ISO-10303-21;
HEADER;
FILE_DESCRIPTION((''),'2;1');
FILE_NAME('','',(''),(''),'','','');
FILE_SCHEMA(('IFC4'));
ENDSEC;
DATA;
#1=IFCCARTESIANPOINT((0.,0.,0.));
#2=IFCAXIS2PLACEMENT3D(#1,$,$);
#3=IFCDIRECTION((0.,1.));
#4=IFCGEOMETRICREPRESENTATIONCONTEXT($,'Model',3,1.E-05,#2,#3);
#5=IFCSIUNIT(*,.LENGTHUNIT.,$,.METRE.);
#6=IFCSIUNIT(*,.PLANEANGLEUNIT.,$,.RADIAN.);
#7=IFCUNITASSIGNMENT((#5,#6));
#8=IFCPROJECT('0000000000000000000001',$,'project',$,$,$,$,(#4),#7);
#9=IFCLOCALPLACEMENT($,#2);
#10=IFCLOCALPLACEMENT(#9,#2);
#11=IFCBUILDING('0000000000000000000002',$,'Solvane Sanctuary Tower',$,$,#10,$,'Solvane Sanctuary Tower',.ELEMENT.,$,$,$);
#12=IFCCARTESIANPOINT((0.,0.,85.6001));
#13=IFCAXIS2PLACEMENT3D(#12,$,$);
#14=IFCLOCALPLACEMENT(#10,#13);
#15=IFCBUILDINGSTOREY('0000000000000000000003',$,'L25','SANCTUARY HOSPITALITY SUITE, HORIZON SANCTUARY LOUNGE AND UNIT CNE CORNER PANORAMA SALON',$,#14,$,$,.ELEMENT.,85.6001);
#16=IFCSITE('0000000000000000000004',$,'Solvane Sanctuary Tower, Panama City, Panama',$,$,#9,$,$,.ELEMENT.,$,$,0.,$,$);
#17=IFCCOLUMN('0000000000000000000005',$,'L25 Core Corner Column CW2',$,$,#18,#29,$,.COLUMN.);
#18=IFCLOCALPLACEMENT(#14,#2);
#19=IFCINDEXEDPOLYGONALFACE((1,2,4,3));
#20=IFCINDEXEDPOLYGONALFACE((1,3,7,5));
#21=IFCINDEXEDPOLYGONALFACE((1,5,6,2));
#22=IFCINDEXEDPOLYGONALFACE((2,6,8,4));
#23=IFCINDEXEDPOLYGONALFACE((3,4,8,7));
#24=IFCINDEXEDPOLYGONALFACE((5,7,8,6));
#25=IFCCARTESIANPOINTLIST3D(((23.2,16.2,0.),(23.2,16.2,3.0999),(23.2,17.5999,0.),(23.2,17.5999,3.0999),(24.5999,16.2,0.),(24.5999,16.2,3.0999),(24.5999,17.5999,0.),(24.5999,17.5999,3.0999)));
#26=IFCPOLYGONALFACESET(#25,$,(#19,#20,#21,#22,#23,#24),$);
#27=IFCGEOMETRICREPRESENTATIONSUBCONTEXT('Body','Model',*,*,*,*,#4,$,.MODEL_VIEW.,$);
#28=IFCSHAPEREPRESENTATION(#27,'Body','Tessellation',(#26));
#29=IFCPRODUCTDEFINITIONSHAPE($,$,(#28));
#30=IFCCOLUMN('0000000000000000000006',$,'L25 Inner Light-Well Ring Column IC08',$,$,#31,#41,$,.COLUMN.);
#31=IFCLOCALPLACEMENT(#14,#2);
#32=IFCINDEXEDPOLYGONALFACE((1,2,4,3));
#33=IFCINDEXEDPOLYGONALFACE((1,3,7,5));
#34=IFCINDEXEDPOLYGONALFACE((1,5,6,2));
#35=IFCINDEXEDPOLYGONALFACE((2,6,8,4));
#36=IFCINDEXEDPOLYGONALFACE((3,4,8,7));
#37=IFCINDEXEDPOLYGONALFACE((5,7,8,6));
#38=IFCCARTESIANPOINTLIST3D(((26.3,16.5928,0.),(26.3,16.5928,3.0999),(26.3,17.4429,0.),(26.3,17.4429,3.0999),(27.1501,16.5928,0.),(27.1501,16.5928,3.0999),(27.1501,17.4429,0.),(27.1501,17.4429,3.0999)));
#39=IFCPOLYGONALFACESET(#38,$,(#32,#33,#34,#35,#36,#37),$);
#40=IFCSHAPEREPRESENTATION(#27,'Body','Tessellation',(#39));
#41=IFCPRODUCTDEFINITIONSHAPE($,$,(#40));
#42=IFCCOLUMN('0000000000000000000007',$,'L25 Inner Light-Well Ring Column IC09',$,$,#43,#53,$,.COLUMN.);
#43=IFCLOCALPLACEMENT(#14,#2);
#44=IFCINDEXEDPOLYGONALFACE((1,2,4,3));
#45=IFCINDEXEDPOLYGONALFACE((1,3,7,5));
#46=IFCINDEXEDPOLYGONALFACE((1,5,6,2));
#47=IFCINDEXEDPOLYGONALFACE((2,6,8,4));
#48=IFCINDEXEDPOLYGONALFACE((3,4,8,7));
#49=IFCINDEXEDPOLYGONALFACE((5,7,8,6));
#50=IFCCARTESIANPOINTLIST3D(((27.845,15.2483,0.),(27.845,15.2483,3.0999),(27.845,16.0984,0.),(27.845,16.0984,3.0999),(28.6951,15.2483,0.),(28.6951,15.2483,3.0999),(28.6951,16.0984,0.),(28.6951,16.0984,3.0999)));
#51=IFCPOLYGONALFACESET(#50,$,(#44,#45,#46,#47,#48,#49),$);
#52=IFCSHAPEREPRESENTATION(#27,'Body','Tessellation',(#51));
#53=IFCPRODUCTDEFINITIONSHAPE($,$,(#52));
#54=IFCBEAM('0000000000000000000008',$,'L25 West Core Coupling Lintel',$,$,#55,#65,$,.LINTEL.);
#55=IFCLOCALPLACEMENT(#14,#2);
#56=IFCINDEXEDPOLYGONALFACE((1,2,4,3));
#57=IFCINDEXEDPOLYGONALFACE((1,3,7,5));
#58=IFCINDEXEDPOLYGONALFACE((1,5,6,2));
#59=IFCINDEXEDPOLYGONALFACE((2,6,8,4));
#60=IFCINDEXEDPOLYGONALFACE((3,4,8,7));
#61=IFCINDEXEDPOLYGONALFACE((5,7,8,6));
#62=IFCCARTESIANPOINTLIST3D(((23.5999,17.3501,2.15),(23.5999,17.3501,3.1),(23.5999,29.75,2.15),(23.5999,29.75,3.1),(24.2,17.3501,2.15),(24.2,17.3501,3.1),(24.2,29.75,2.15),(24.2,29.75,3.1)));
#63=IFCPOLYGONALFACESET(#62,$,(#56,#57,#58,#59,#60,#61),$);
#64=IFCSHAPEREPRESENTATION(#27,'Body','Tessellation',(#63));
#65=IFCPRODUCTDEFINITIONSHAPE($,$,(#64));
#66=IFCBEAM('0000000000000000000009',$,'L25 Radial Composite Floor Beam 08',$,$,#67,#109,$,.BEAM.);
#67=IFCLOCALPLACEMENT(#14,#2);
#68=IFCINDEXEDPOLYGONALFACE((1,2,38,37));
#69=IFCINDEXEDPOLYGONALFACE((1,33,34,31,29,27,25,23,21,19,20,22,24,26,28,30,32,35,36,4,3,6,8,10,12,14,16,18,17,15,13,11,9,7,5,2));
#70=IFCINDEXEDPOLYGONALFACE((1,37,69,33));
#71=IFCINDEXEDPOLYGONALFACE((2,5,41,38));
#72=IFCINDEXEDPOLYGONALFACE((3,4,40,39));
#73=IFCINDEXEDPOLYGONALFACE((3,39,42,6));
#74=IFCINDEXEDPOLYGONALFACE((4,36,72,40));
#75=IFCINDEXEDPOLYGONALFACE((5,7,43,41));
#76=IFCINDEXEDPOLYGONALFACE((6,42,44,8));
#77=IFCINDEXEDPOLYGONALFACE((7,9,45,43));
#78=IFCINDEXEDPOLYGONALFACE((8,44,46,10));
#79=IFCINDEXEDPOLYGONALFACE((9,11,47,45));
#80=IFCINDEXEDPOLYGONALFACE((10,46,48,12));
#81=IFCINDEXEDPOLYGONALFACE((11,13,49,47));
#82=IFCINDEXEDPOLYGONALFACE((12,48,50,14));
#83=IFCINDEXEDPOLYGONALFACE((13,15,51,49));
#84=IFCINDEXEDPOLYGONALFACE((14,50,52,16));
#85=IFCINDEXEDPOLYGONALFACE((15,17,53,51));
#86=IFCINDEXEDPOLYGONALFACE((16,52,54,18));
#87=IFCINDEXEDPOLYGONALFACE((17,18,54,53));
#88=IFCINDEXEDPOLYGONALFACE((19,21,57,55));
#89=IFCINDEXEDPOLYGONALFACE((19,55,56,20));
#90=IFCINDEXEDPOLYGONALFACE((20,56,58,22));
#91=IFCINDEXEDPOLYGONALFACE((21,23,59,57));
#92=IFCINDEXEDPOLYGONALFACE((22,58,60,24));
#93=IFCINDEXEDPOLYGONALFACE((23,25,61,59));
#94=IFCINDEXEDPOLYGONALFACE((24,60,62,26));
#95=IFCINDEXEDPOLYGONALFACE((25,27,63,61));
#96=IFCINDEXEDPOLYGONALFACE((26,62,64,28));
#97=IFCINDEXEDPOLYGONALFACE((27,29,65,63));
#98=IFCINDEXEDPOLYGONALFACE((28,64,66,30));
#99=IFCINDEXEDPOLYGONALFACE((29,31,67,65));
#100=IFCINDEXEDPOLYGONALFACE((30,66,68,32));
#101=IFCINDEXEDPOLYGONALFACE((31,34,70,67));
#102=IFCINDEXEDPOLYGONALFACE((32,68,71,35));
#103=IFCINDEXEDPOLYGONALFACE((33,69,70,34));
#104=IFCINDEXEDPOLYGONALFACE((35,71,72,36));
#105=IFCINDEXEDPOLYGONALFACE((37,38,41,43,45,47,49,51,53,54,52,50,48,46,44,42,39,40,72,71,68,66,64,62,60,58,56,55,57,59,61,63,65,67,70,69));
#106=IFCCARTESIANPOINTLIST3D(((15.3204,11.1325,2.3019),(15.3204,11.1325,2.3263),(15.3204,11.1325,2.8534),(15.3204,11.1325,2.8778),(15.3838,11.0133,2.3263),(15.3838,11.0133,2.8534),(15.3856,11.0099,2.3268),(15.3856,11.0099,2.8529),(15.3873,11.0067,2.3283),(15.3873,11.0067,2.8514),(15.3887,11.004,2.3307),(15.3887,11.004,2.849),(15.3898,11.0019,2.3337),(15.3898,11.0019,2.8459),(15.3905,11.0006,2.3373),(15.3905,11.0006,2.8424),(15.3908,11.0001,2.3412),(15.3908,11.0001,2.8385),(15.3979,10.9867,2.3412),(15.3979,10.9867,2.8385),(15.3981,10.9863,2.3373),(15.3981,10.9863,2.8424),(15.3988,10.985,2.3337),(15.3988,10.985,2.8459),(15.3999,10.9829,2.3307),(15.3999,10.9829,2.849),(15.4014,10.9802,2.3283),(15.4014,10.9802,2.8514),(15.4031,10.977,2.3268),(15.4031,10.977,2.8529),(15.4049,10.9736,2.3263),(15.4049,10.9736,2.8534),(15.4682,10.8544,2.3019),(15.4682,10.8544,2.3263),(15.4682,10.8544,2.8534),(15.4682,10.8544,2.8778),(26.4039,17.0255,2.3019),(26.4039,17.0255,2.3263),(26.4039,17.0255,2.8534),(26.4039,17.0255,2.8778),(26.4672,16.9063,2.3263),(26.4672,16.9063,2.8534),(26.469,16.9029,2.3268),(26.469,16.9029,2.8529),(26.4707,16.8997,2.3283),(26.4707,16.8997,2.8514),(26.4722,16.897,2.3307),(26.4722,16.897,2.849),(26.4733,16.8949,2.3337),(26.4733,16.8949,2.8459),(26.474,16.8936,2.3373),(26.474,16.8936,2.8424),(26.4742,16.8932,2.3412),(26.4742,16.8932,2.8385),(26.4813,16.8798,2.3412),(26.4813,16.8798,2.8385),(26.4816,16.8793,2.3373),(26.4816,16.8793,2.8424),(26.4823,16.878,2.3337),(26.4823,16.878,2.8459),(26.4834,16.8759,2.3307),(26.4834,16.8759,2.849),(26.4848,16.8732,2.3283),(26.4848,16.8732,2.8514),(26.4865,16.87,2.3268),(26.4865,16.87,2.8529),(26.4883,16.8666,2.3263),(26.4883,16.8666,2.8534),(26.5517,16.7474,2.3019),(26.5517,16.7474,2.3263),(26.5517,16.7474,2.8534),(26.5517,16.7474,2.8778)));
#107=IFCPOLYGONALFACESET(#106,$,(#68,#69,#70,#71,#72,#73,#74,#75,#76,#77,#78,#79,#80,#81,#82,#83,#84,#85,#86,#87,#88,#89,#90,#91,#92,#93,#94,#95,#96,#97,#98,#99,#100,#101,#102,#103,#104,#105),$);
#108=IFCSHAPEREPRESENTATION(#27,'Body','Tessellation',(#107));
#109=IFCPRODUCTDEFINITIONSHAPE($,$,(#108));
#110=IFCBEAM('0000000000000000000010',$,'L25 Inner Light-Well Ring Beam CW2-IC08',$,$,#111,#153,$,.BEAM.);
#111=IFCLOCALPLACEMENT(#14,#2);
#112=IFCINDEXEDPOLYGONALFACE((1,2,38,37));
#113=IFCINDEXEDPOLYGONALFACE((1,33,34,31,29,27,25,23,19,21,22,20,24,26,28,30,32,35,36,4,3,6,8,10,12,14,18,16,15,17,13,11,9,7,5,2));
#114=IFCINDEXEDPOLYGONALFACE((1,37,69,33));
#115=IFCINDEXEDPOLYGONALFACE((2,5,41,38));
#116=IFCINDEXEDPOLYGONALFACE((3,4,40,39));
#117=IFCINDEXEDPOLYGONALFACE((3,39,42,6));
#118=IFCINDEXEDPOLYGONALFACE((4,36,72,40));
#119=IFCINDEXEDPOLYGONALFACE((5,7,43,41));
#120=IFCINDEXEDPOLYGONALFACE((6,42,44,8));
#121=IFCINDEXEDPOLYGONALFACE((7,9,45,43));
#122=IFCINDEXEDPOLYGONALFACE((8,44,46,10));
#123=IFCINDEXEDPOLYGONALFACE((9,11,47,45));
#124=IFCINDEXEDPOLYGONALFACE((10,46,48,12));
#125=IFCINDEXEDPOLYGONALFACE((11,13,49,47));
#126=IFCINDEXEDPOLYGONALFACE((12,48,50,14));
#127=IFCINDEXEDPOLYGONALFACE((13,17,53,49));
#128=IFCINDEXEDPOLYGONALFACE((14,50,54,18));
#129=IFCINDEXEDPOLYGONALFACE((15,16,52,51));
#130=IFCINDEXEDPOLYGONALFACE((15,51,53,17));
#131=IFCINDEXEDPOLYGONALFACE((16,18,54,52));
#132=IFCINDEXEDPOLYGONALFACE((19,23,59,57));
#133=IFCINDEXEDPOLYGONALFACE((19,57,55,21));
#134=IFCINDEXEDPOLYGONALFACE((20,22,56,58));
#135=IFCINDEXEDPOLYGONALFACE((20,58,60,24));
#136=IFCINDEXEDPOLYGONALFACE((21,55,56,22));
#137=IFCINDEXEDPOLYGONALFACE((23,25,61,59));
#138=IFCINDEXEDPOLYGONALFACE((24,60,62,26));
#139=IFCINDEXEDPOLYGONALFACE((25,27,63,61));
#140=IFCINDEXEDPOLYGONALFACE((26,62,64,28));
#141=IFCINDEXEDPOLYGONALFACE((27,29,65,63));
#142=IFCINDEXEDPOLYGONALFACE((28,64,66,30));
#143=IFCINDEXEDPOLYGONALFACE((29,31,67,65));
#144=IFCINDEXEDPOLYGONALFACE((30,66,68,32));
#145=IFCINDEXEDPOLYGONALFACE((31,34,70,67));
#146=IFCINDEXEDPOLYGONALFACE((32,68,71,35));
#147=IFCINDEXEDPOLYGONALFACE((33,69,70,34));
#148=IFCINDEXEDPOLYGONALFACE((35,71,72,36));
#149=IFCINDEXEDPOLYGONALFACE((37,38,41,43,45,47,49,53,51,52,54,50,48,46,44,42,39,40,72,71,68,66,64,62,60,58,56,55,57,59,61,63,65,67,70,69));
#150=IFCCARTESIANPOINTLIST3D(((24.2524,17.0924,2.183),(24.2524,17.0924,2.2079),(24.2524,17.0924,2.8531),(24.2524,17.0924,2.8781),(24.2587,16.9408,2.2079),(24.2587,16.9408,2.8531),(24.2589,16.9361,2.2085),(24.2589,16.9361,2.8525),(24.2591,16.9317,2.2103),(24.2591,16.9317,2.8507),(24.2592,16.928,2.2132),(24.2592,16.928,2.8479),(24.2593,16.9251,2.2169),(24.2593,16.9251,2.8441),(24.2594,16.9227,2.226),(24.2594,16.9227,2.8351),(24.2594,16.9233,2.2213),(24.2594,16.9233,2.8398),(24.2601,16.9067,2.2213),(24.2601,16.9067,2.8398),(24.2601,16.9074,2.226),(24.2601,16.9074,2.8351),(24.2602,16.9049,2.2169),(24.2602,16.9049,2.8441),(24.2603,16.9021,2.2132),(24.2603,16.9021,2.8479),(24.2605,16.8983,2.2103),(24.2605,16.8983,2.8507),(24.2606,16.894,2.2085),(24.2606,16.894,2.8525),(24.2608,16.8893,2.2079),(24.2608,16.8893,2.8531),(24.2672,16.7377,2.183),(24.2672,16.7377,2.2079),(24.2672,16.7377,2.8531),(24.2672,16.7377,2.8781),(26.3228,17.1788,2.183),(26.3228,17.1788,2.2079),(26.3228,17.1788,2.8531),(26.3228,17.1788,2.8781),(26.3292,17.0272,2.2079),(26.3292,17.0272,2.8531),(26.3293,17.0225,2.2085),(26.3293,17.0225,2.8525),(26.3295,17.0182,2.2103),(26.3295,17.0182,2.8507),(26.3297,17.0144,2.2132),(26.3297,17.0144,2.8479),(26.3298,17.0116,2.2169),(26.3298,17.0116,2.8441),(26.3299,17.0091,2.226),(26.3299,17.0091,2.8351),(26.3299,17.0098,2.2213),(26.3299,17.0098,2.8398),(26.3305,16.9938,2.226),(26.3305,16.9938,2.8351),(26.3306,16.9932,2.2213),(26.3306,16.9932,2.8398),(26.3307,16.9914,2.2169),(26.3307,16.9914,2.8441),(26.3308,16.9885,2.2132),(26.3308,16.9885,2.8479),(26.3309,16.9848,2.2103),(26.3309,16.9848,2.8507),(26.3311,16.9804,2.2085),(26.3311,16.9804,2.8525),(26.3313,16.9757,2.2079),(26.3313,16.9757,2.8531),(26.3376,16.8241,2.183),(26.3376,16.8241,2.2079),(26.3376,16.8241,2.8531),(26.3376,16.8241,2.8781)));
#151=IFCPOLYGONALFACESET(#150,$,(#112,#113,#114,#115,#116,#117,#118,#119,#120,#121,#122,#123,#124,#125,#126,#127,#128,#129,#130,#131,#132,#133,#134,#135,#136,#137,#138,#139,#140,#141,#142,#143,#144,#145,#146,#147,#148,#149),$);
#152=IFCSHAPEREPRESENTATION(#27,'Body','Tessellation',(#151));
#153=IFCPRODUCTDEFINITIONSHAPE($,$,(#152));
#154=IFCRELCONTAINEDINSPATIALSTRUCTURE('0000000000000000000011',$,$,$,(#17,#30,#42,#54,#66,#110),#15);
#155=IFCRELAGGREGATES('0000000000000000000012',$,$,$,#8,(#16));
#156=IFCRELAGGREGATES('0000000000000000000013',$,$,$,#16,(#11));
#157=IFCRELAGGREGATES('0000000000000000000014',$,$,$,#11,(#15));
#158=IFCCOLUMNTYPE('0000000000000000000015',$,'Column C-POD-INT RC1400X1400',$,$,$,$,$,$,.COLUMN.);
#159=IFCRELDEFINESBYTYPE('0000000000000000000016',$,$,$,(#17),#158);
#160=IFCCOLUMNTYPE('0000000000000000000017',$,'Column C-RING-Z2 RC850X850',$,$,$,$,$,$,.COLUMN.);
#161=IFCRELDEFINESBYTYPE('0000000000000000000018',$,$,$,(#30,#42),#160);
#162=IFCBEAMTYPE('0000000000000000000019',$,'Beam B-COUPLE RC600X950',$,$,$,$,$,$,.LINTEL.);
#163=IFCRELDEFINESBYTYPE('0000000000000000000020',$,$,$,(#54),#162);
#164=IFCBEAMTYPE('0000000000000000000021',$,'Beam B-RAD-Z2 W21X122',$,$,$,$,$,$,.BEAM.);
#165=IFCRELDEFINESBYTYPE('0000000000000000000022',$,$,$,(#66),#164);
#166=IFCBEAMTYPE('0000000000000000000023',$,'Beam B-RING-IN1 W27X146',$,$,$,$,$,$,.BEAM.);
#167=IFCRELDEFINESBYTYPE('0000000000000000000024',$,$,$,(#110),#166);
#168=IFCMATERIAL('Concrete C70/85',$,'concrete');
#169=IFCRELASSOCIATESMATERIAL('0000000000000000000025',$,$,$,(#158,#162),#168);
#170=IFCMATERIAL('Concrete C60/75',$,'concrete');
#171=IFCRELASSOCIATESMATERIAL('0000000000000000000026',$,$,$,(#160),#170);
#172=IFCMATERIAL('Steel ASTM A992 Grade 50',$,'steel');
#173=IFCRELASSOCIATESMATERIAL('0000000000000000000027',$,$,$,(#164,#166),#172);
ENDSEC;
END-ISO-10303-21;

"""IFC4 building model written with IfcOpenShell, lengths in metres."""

from ifc_helpers import new_model, si_unit, direction, frame, origin, origin_2d, place, context, subcontext, project, spatial, rectangle, i_section, extrude, material, material_profile, profile_set, type_object, element, save


model = new_model("IFC4")

# Units and contexts
model_context = context("Model", 3, precision=1e-05, world=origin(), true_north=direction((0.0, 1.0)))
body_context = subcontext(model_context, "Body", "Model", "MODEL_VIEW")
ifc_project = project(units=[si_unit("LENGTHUNIT", "METRE"), si_unit("PLANEANGLEUNIT", "RADIAN")], contexts=[model_context])

# Site, building, storey
site_placement = place(None, origin())
site = spatial("IfcSite", under=ifc_project, at=site_placement, Name="Solvane Sanctuary Tower, Panama City, Panama", CompositionType="ELEMENT", RefElevation=0.0)
building_placement = place(site_placement, origin())
building = spatial("IfcBuilding", under=site, at=building_placement, Name="Solvane Sanctuary Tower", LongName="Solvane Sanctuary Tower", CompositionType="ELEMENT")
storey_placement = place(building_placement, frame((0.0, 0.0, 85.6001)))
storey = spatial("IfcBuildingStorey", under=building, at=storey_placement, Name="L25", Description="SANCTUARY HOSPITALITY SUITE, HORIZON SANCTUARY LOUNGE AND UNIT CNE CORNER PANORAMA SALON", CompositionType="ELEMENT", Elevation=85.6001)

# Columns
ifc_material_1 = material(Name="Concrete C70/85", Category="concrete")
ifc_material_profile_1 = material_profile(ifc_material_1, rectangle(XDim=1.3999, YDim=1.3999, at=origin_2d()), Name="RC1400X1400")
ifc_profile_set_1 = profile_set([ifc_material_profile_1], Name="Concrete C70/85")
column_type_1 = type_object("IfcColumnType", Name="Column C-POD-INT RC1400X1400", PredefinedType="COLUMN", material=ifc_profile_set_1)
column_placement = place(storey_placement, frame((23.8999, 16.8999, 0.0), z_axis=(0.0, 0.0, 1.0), x_axis=(1.0, 0.0, 0.0)))
element("IfcColumn", 1, at=column_placement, inside=storey, type_object=column_type_1, Name="L25 Core Corner Column CW2", PredefinedType="COLUMN", context=body_context, shape_type="SweptSolid", body=[
    extrude(rectangle(XDim=1.3999, YDim=1.3999, at=origin_2d()), origin(), (0.0, 0.0, 1.0), 3.0999),
])
ifc_material_2 = material(Name="Concrete C60/75", Category="concrete")
ifc_material_profile_2 = material_profile(ifc_material_2, rectangle(XDim=0.8501, YDim=0.8501, at=origin_2d()), Name="RC850X850")
ifc_profile_set_2 = profile_set([ifc_material_profile_2], Name="Concrete C60/75")
column_type_2 = type_object("IfcColumnType", Name="Column C-RING-Z2 RC850X850", PredefinedType="COLUMN", material=ifc_profile_set_2)
for number, where, z_axis, x_axis, name in (
    (2, (26.7251, 17.0178, 0.0), (0.0, 0.0, 1.0), (1.0, 0.0, 0.0), "L25 Inner Light-Well Ring Column IC08"),
    (3, (28.27, 15.6733, 0.0), (0.0, 0.0, 1.0), (1.0, 0.0, 0.0), "L25 Inner Light-Well Ring Column IC09"),
):
    element("IfcColumn", number, at=place(storey_placement, frame(where, z_axis=z_axis, x_axis=x_axis)), inside=storey, type_object=column_type_2, Name=name, PredefinedType="COLUMN", context=body_context, shape_type="SweptSolid", body=[
        extrude(rectangle(XDim=0.8501, YDim=0.8501, at=origin_2d()), origin(), (0.0, 0.0, 1.0), 3.0999),
    ])

# Beams
ifc_material_profile_3 = material_profile(ifc_material_1, rectangle(XDim=0.6001, YDim=0.95, at=origin_2d()), Name="RC600X950")
ifc_profile_set_3 = profile_set([ifc_material_profile_3], Name="Concrete C70/85")
beam_type_1 = type_object("IfcBeamType", Name="Beam B-COUPLE RC600X950", PredefinedType="LINTEL", material=ifc_profile_set_3)
beam_1_placement = place(storey_placement, frame((23.8999, 17.3501, 2.625), z_axis=(0.0, 1.0, 0.0), x_axis=(-1.0, 0.0, 0.0)))
element("IfcBeam", 4, at=beam_1_placement, inside=storey, type_object=beam_type_1, Name="L25 West Core Coupling Lintel", PredefinedType="LINTEL", context=body_context, shape_type="SweptSolid", body=[
    extrude(rectangle(XDim=0.6001, YDim=0.95, at=origin_2d()), origin(), (0.0, 0.0, 1.0), 12.3999),
])
ifc_material_3 = material(Name="Steel ASTM A992 Grade 50", Category="steel")
ifc_material_profile_4 = material_profile(ifc_material_3, i_section(OverallWidth=0.3149, OverallDepth=0.5759, WebThickness=0.0151, FlangeThickness=0.0244, FilletRadius=0.0149, at=origin_2d()), Name="W21X122")
ifc_profile_set_4 = profile_set([ifc_material_profile_4], Name="Steel ASTM A992 Grade 50")
beam_type_2 = type_object("IfcBeamType", Name="Beam B-RAD-Z2 W21X122", PredefinedType="BEAM", material=ifc_profile_set_4)
beam_2_placement = place(storey_placement, frame((26.4778, 16.8865, 2.5898), z_axis=(-0.882952, -0.469463, 0.0), x_axis=(0.469463, -0.882952, 0.0)))
element("IfcBeam", 5, at=beam_2_placement, inside=storey, type_object=beam_type_2, Name="L25 Radial Composite Floor Beam 08", PredefinedType="BEAM", context=body_context, shape_type="SweptSolid", body=[
    extrude(i_section(OverallWidth=0.3149, OverallDepth=0.5759, WebThickness=0.0151, FlangeThickness=0.0244, FilletRadius=0.0149, at=origin_2d()), origin(), (0.0, 0.0, 1.0), 12.5527),
])
ifc_material_profile_5 = material_profile(ifc_material_3, i_section(OverallWidth=0.355, OverallDepth=0.6951, WebThickness=0.0154, FlangeThickness=0.0249, FilletRadius=0.0181, at=origin_2d()), Name="W27X146")
ifc_profile_set_5 = profile_set([ifc_material_profile_5], Name="Steel ASTM A992 Grade 50")
beam_type_3 = type_object("IfcBeamType", Name="Beam B-RING-IN1 W27X146", PredefinedType="BEAM", material=ifc_profile_set_5)
beam_3_placement = place(storey_placement, frame((24.2598, 16.915, 2.5305), z_axis=(0.99913, 0.041704, 0.0), x_axis=(-0.041704, 0.99913, 0.0)))
element("IfcBeam", 6, at=beam_3_placement, inside=storey, type_object=beam_type_3, Name="L25 Inner Light-Well Ring Beam CW2-IC08", PredefinedType="BEAM", context=body_context, shape_type="SweptSolid", body=[
    extrude(i_section(OverallWidth=0.355, OverallDepth=0.6951, WebThickness=0.0154, FlangeThickness=0.0249, FilletRadius=0.0181, at=origin_2d()), origin(), (0.0, 0.0, 1.0), 2.0723),
])

save(model, "model.ifc")
